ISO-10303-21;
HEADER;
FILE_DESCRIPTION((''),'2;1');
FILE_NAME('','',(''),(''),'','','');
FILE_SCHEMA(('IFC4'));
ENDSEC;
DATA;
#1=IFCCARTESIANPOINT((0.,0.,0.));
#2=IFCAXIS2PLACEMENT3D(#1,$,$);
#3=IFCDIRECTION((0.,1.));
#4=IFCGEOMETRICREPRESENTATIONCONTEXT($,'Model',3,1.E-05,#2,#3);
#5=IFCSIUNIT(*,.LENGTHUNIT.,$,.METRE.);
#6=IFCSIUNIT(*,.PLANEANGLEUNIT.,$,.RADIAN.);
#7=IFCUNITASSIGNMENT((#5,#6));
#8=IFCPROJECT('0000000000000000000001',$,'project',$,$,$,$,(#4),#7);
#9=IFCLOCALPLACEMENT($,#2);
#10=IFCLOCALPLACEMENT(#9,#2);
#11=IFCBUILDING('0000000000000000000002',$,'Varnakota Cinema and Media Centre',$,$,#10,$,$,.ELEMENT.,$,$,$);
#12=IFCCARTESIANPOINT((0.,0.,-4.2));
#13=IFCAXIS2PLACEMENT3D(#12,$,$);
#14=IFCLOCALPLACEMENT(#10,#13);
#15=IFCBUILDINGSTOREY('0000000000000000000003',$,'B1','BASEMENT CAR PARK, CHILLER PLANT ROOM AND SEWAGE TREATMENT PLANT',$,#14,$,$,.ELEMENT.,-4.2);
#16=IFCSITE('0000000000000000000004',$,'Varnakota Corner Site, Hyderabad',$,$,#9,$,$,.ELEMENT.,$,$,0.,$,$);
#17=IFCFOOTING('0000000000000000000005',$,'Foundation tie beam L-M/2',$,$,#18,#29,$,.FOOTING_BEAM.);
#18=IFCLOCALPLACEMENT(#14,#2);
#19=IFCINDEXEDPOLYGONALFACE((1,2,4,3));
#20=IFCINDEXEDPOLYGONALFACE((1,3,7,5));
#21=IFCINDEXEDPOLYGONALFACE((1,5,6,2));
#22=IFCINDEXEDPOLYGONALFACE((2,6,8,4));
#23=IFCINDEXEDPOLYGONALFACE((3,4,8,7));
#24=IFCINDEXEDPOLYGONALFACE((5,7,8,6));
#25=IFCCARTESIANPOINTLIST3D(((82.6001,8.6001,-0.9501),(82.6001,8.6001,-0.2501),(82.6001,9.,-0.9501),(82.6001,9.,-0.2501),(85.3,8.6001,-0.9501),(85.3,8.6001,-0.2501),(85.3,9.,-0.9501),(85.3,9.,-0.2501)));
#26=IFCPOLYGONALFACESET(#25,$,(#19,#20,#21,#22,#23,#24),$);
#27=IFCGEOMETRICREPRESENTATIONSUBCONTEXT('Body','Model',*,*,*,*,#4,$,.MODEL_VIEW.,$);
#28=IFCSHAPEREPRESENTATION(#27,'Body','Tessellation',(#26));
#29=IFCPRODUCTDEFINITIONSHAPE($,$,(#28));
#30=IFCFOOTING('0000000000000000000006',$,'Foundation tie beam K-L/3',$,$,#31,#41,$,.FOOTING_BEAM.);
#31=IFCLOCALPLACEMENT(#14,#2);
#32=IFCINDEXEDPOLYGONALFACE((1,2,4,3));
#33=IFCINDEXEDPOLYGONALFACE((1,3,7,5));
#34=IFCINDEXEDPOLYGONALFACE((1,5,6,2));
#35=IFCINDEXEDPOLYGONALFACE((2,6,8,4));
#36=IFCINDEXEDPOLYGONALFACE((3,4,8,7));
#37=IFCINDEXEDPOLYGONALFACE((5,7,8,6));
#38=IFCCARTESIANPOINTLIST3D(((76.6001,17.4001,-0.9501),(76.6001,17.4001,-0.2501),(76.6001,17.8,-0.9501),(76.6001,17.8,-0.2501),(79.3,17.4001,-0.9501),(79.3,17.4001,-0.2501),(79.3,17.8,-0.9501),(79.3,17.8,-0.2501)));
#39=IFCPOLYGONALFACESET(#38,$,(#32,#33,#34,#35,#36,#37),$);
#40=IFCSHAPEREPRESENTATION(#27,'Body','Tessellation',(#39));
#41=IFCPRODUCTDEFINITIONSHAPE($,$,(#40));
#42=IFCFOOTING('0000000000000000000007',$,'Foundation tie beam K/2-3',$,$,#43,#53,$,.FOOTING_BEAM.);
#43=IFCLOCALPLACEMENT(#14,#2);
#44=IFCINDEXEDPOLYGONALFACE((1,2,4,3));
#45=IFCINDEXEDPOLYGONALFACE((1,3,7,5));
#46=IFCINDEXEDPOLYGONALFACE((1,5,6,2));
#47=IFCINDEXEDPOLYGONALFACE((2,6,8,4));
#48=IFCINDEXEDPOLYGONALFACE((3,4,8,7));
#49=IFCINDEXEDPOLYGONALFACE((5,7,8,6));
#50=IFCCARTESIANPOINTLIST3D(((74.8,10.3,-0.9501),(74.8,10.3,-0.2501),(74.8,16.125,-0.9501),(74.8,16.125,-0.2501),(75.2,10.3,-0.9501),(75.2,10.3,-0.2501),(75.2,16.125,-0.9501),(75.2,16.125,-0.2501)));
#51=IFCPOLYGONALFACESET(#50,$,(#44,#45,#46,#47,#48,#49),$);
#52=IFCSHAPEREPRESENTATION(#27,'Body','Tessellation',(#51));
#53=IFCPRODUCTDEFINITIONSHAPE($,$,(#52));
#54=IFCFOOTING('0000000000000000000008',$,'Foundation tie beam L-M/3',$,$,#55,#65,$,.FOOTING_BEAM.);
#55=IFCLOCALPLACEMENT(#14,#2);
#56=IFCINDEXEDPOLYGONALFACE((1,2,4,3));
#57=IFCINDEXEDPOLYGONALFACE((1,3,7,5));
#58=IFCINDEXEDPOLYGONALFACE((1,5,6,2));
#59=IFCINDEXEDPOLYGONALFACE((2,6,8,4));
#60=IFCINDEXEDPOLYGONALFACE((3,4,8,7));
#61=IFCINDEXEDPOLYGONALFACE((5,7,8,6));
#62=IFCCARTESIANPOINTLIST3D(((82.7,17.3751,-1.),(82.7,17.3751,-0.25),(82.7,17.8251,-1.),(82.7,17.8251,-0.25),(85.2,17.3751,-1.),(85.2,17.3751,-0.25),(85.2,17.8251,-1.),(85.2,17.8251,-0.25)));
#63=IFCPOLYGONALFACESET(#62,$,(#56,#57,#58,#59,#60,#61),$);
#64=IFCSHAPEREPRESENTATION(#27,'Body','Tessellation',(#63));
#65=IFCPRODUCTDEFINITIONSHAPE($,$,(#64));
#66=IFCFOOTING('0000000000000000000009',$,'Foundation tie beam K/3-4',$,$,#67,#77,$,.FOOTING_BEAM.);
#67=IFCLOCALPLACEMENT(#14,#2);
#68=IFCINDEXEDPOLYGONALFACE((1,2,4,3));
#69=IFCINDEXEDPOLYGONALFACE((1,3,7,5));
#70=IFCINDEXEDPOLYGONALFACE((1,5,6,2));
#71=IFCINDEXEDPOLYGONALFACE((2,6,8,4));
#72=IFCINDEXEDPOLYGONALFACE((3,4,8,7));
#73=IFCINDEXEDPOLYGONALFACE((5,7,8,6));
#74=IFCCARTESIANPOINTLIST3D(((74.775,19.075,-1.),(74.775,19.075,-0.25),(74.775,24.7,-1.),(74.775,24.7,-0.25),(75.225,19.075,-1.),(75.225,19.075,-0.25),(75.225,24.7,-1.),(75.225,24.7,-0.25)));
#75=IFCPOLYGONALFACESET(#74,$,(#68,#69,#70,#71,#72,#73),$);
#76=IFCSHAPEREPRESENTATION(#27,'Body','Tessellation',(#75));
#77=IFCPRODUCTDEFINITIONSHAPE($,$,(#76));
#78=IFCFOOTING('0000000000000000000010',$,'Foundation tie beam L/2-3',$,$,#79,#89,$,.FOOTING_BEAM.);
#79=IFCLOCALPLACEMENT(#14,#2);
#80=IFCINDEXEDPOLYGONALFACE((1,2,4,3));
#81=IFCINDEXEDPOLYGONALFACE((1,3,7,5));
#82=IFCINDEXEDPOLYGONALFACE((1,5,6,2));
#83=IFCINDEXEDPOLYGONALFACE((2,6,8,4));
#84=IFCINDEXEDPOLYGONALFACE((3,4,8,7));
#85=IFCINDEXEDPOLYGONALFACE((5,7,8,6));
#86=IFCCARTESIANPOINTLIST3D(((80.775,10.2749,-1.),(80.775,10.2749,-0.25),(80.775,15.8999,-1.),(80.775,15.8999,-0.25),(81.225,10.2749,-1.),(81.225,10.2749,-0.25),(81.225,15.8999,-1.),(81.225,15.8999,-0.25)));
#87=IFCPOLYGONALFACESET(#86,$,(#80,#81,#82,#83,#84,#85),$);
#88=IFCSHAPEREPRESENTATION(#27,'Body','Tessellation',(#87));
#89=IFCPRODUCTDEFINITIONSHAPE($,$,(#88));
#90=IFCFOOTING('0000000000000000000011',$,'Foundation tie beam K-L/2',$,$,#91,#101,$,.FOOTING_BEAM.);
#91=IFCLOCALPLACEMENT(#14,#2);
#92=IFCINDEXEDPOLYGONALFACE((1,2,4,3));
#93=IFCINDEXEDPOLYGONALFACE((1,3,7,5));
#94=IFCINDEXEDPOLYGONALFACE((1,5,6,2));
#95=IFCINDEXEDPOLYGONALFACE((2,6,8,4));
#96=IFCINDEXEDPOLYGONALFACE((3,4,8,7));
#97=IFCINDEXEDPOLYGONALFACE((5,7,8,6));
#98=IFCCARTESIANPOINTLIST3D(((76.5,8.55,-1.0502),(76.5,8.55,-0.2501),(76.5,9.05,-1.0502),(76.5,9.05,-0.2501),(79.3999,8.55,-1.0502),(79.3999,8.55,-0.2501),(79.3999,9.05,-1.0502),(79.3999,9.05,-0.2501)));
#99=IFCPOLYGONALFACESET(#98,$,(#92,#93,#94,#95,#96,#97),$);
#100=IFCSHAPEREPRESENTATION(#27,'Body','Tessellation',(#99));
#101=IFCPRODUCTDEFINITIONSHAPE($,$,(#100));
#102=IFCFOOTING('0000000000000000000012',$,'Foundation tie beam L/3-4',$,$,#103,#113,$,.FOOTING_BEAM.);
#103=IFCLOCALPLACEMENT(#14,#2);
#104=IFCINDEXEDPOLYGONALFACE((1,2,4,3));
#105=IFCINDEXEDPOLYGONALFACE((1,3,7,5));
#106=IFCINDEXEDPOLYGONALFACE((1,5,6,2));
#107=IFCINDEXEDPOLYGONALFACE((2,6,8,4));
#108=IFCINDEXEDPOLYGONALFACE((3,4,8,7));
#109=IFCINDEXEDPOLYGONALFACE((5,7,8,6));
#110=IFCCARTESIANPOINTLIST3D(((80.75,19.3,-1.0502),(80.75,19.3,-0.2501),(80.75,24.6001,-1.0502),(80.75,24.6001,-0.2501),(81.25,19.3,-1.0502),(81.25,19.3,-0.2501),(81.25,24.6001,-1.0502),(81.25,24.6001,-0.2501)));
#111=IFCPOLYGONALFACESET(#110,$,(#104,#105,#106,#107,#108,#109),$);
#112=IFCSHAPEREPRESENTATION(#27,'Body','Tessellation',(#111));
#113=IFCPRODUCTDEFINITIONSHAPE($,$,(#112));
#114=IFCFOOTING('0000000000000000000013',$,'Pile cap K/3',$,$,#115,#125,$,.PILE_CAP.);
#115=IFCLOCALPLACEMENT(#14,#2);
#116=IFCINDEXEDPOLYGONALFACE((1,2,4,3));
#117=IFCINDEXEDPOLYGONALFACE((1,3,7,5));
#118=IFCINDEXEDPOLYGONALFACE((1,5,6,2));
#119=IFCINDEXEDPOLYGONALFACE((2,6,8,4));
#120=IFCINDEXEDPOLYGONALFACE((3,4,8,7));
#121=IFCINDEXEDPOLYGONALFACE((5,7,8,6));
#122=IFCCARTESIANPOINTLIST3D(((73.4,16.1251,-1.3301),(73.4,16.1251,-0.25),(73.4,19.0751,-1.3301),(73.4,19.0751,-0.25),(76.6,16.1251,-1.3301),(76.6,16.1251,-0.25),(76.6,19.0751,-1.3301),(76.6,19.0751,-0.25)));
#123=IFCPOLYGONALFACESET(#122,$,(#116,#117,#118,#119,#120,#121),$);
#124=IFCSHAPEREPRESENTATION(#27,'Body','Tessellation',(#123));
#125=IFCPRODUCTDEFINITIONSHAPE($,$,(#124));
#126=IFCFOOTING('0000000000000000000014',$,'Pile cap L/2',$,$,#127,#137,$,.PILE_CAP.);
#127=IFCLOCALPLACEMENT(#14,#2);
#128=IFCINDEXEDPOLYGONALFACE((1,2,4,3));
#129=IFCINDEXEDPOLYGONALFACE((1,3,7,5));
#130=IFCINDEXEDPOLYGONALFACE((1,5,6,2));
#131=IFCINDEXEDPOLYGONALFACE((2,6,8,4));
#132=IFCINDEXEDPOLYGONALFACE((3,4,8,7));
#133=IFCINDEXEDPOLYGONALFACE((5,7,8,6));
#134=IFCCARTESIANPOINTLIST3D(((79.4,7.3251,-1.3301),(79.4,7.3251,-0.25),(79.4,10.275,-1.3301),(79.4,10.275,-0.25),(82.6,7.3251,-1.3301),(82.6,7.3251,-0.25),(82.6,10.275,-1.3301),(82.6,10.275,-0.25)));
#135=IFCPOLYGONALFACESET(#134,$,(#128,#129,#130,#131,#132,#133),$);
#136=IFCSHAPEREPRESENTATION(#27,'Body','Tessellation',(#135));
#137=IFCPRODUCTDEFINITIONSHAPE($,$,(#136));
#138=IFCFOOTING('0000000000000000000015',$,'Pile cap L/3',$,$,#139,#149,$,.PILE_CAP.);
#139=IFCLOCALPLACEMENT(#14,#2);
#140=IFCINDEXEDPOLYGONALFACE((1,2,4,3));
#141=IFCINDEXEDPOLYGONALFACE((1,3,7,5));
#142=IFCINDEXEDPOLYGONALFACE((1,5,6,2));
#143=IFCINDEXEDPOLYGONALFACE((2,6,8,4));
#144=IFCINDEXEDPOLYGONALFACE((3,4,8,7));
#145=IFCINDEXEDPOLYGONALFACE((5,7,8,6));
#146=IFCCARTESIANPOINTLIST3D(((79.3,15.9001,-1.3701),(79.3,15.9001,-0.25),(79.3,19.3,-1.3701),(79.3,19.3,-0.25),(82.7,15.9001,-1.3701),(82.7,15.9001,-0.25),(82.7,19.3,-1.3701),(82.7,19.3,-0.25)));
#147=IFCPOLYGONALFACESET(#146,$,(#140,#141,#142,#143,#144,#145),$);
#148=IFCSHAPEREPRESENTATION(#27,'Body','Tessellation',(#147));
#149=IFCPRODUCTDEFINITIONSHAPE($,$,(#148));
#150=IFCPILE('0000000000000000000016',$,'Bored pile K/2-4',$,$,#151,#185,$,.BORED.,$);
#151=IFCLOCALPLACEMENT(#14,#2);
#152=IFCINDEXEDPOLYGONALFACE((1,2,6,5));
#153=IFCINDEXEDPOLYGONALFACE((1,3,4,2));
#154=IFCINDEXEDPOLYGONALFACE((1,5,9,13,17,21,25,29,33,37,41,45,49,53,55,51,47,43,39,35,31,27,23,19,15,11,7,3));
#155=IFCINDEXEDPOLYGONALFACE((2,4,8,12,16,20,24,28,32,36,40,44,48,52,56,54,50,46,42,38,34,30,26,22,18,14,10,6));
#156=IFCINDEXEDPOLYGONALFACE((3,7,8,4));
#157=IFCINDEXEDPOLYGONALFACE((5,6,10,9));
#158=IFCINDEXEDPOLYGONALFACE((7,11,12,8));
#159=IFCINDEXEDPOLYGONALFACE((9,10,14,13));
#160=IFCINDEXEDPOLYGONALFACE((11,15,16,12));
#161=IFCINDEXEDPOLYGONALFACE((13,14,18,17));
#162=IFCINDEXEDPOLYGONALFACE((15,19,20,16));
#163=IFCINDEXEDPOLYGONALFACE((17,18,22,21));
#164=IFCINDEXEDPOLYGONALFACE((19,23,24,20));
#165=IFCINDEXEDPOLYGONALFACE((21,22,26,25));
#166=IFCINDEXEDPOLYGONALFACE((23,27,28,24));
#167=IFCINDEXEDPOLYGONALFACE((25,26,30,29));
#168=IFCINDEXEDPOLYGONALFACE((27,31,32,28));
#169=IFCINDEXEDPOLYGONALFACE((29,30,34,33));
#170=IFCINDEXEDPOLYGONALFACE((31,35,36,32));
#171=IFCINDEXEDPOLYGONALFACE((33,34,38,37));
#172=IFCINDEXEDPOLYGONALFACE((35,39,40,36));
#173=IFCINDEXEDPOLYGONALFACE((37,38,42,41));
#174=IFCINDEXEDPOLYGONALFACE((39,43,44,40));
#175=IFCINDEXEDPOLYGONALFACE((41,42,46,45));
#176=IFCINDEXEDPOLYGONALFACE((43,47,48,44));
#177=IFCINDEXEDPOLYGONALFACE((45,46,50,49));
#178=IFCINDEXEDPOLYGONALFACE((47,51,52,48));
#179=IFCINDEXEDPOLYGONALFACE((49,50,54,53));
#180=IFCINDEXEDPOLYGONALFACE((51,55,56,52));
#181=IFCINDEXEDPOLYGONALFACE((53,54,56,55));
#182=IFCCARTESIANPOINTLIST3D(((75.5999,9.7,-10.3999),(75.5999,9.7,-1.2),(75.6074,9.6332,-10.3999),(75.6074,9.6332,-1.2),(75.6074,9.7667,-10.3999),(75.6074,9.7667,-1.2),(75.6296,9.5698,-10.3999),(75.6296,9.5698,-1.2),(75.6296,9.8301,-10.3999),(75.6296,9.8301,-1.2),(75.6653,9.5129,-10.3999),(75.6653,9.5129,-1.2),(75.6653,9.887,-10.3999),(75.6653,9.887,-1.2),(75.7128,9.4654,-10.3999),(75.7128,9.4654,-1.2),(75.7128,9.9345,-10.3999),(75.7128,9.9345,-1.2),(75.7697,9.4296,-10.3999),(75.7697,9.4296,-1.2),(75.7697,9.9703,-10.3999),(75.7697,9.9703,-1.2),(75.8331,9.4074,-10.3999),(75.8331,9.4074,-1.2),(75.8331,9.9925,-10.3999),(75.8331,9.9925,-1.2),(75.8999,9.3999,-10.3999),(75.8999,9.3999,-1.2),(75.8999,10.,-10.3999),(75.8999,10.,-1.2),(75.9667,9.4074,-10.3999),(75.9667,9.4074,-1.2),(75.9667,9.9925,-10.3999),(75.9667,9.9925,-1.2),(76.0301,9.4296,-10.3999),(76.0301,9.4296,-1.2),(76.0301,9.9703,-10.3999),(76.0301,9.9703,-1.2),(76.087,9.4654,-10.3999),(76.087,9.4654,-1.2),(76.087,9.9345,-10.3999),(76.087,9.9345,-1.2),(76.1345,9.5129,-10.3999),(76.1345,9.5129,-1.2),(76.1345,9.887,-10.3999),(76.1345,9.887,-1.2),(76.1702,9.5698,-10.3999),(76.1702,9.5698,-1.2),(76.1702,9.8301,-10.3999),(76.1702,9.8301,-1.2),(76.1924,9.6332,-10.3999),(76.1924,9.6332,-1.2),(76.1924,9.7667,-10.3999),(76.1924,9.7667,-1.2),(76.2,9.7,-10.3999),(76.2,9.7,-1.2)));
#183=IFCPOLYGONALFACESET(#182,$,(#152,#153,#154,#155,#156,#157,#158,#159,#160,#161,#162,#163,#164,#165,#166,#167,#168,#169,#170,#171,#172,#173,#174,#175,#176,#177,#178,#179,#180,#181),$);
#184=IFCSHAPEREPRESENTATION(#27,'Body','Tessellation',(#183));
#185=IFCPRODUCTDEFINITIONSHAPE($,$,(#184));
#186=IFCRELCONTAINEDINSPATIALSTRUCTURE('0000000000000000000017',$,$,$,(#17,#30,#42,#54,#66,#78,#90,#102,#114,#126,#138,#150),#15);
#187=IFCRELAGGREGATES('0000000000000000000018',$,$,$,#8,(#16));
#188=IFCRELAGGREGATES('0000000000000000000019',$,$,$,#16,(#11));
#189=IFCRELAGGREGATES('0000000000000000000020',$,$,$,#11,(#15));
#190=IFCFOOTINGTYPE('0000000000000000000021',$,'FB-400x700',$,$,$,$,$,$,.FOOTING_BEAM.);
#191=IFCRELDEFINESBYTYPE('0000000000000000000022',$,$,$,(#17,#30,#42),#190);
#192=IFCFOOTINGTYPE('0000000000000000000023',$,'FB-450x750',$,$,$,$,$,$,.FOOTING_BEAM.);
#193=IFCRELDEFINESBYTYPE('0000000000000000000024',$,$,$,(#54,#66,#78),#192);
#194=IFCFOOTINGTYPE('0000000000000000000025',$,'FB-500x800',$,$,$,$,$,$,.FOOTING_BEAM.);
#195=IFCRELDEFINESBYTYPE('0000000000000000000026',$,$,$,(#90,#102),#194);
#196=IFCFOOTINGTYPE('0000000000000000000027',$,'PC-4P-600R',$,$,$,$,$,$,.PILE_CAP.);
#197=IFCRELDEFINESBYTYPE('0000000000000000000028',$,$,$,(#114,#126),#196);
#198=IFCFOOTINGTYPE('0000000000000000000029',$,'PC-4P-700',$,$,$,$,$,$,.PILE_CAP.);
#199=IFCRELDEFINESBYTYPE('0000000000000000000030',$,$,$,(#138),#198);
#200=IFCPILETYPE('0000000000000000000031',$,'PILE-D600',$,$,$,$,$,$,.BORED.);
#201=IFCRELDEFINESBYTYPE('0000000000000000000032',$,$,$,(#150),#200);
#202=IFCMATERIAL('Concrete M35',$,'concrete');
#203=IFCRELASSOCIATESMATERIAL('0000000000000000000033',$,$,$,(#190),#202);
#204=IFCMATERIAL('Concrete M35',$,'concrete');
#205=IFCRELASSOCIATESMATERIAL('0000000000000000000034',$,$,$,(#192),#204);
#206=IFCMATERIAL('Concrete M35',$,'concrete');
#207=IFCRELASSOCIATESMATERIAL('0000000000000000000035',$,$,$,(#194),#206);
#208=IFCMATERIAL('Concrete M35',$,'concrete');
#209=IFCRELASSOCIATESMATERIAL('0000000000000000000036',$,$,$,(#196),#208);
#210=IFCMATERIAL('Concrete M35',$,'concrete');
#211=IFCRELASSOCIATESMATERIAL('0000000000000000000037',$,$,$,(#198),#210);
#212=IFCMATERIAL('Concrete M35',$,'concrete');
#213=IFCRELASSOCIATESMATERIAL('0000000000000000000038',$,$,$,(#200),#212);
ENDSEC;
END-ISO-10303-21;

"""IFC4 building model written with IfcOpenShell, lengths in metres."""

from ifc_helpers import new_model, si_unit, direction, frame, origin, origin_2d, place, context, subcontext, project, spatial, rectangle, circle, extrude, material, material_profile, profile_set, type_object, element, save


model = new_model("IFC4")

# Units and contexts
model_context = context("Model", 3, precision=1e-05, world=origin(), true_north=direction((0.0, 1.0)))
body_context = subcontext(model_context, "Body", "Model", "MODEL_VIEW")
ifc_project = project(units=[si_unit("LENGTHUNIT", "METRE"), si_unit("PLANEANGLEUNIT", "RADIAN")], contexts=[model_context])

# Site, building, storey
site_placement = place(None, origin())
site = spatial("IfcSite", under=ifc_project, at=site_placement, Name="Varnakota Corner Site, Hyderabad", CompositionType="ELEMENT", RefElevation=0.0)
building_placement = place(site_placement, origin())
building = spatial("IfcBuilding", under=site, at=building_placement, Name="Varnakota Cinema and Media Centre", CompositionType="ELEMENT")
storey_placement = place(building_placement, frame((0.0, 0.0, -4.2)))
storey = spatial("IfcBuildingStorey", under=building, at=storey_placement, Name="B1", Description="BASEMENT CAR PARK, CHILLER PLANT ROOM AND SEWAGE TREATMENT PLANT", CompositionType="ELEMENT", Elevation=-4.2)

# Footings
ifc_material_1 = material(Name="Concrete M35", Category="concrete")
ifc_material_profile_1 = material_profile(ifc_material_1, rectangle(XDim=0.3999, YDim=0.7, at=origin_2d()), Name="FB 400x700")
ifc_profile_set_1 = profile_set([ifc_material_profile_1], Name="Concrete M35")
footing_type_1 = type_object("IfcFootingType", Name="FB-400x700", PredefinedType="FOOTING_BEAM", material=ifc_profile_set_1)
for number, where, z_axis, x_axis, name in (
    (1, (82.6001, 8.8, -0.6001), (1.0, 0.0, 0.0), (0.0, 1.0, 0.0), "Foundation tie beam L-M/2"),
    (2, (76.6001, 17.6001, -0.6001), (1.0, 0.0, 0.0), (0.0, 1.0, 0.0), "Foundation tie beam K-L/3"),
):
    element("IfcFooting", number, at=place(storey_placement, frame(where, z_axis=z_axis, x_axis=x_axis)), inside=storey, type_object=footing_type_1, Name=name, PredefinedType="FOOTING_BEAM", context=body_context, shape_type="SweptSolid", body=[
        extrude(rectangle(XDim=0.3999, YDim=0.7, at=origin_2d()), origin(), (0.0, 0.0, 1.0), 2.7),
    ])
footing_1_placement = place(storey_placement, frame((75.0, 10.3, -0.6001), z_axis=(0.0, 1.0, 0.0), x_axis=(-1.0, 0.0, 0.0)))
element("IfcFooting", 3, at=footing_1_placement, inside=storey, type_object=footing_type_1, Name="Foundation tie beam K/2-3", PredefinedType="FOOTING_BEAM", context=body_context, shape_type="SweptSolid", body=[
    extrude(rectangle(XDim=0.3999, YDim=0.7, at=origin_2d()), origin(), (0.0, 0.0, 1.0), 5.825),
])
ifc_material_2 = material(Name="Concrete M35", Category="concrete")
ifc_material_profile_2 = material_profile(ifc_material_2, rectangle(XDim=0.45, YDim=0.75, at=origin_2d()), Name="FB 450x750")
ifc_profile_set_2 = profile_set([ifc_material_profile_2], Name="Concrete M35")
footing_type_2 = type_object("IfcFootingType", Name="FB-450x750", PredefinedType="FOOTING_BEAM", material=ifc_profile_set_2)
footing_2_placement = place(storey_placement, frame((82.7, 17.6001, -0.625), z_axis=(1.0, 0.0, 0.0), x_axis=(0.0, 1.0, 0.0)))
element("IfcFooting", 4, at=footing_2_placement, inside=storey, type_object=footing_type_2, Name="Foundation tie beam L-M/3", PredefinedType="FOOTING_BEAM", context=body_context, shape_type="SweptSolid", body=[
    extrude(rectangle(XDim=0.45, YDim=0.75, at=origin_2d()), origin(), (0.0, 0.0, 1.0), 2.5),
])
for number, where, z_axis, x_axis, name in (
    (5, (75.0, 19.075, -0.625), (0.0, 1.0, 0.0), (-1.0, 0.0, 0.0), "Foundation tie beam K/3-4"),
    (6, (81.0, 10.2749, -0.625), (0.0, 1.0, 0.0), (-1.0, 0.0, 0.0), "Foundation tie beam L/2-3"),
):
    element("IfcFooting", number, at=place(storey_placement, frame(where, z_axis=z_axis, x_axis=x_axis)), inside=storey, type_object=footing_type_2, Name=name, PredefinedType="FOOTING_BEAM", context=body_context, shape_type="SweptSolid", body=[
        extrude(rectangle(XDim=0.45, YDim=0.75, at=origin_2d()), origin(), (0.0, 0.0, 1.0), 5.625),
    ])
ifc_material_3 = material(Name="Concrete M35", Category="concrete")
ifc_material_profile_3 = material_profile(ifc_material_3, rectangle(XDim=0.5, YDim=0.8, at=origin_2d()), Name="FB 500x800")
ifc_profile_set_3 = profile_set([ifc_material_profile_3], Name="Concrete M35")
footing_type_3 = type_object("IfcFootingType", Name="FB-500x800", PredefinedType="FOOTING_BEAM", material=ifc_profile_set_3)
footing_3_placement = place(storey_placement, frame((76.5, 8.8, -0.6501), z_axis=(1.0, 0.0, 0.0), x_axis=(0.0, 1.0, 0.0)))
element("IfcFooting", 7, at=footing_3_placement, inside=storey, type_object=footing_type_3, Name="Foundation tie beam K-L/2", PredefinedType="FOOTING_BEAM", context=body_context, shape_type="SweptSolid", body=[
    extrude(rectangle(XDim=0.5, YDim=0.8, at=origin_2d()), origin(), (0.0, 0.0, 1.0), 2.8999),
])
footing_4_placement = place(storey_placement, frame((81.0, 19.3, -0.6501), z_axis=(0.0, 1.0, 0.0), x_axis=(-1.0, 0.0, 0.0)))
element("IfcFooting", 8, at=footing_4_placement, inside=storey, type_object=footing_type_3, Name="Foundation tie beam L/3-4", PredefinedType="FOOTING_BEAM", context=body_context, shape_type="SweptSolid", body=[
    extrude(rectangle(XDim=0.5, YDim=0.8, at=origin_2d()), origin(), (0.0, 0.0, 1.0), 5.3),
])
ifc_material_4 = material(Name="Concrete M35", Category="concrete")
footing_type_4 = type_object("IfcFootingType", Name="PC-4P-600R", PredefinedType="PILE_CAP", material=ifc_material_4)
for number, where, z_axis, x_axis, name in (
    (9, (75.0, 17.6001, -1.3301), (0.0, 0.0, 1.0), (1.0, 0.0, 0.0), "Pile cap K/3"),
    (10, (81.0, 8.8, -1.3301), (0.0, 0.0, 1.0), (1.0, 0.0, 0.0), "Pile cap L/2"),
):
    element("IfcFooting", number, at=place(storey_placement, frame(where, z_axis=z_axis, x_axis=x_axis)), inside=storey, type_object=footing_type_4, Name=name, PredefinedType="PILE_CAP", context=body_context, shape_type="SweptSolid", body=[
        extrude(rectangle(XDim=3.2, YDim=2.95, at=origin_2d()), origin(), (0.0, 0.0, 1.0), 1.0801),
    ])
ifc_material_5 = material(Name="Concrete M35", Category="concrete")
footing_type_5 = type_object("IfcFootingType", Name="PC-4P-700", PredefinedType="PILE_CAP", material=ifc_material_5)
footing_5_placement = place(storey_placement, frame((81.0, 17.6001, -1.3701), z_axis=(0.0, 0.0, 1.0), x_axis=(1.0, 0.0, 0.0)))
element("IfcFooting", 11, at=footing_5_placement, inside=storey, type_object=footing_type_5, Name="Pile cap L/3", PredefinedType="PILE_CAP", context=body_context, shape_type="SweptSolid", body=[
    extrude(rectangle(XDim=3.3999, YDim=3.3999, at=origin_2d()), origin(), (0.0, 0.0, 1.0), 1.1201),
])

# Pile
ifc_material_6 = material(Name="Concrete M35", Category="concrete")
ifc_material_profile_4 = material_profile(ifc_material_6, circle(Radius=0.3, at=origin_2d()), Name="PILE D600")
ifc_profile_set_4 = profile_set([ifc_material_profile_4], Name="Concrete M35")
pile_type_1 = type_object("IfcPileType", Name="PILE-D600", PredefinedType="BORED", material=ifc_profile_set_4)
for number, where, z_axis, x_axis, name in (
    (12, (75.8999, 9.7, -1.2), (0.0, 0.0, -1.0), (1.0, 0.0, 0.0), "Bored pile K/2-4"),
):
    element("IfcPile", number, at=place(storey_placement, frame(where, z_axis=z_axis, x_axis=x_axis)), inside=storey, type_object=pile_type_1, Name=name, PredefinedType="BORED", context=body_context, shape_type="SweptSolid", body=[
        extrude(circle(Radius=0.3, at=origin_2d()), origin(), (0.0, 0.0, 1.0), 9.2),
    ])

save(model, "model.ifc")
